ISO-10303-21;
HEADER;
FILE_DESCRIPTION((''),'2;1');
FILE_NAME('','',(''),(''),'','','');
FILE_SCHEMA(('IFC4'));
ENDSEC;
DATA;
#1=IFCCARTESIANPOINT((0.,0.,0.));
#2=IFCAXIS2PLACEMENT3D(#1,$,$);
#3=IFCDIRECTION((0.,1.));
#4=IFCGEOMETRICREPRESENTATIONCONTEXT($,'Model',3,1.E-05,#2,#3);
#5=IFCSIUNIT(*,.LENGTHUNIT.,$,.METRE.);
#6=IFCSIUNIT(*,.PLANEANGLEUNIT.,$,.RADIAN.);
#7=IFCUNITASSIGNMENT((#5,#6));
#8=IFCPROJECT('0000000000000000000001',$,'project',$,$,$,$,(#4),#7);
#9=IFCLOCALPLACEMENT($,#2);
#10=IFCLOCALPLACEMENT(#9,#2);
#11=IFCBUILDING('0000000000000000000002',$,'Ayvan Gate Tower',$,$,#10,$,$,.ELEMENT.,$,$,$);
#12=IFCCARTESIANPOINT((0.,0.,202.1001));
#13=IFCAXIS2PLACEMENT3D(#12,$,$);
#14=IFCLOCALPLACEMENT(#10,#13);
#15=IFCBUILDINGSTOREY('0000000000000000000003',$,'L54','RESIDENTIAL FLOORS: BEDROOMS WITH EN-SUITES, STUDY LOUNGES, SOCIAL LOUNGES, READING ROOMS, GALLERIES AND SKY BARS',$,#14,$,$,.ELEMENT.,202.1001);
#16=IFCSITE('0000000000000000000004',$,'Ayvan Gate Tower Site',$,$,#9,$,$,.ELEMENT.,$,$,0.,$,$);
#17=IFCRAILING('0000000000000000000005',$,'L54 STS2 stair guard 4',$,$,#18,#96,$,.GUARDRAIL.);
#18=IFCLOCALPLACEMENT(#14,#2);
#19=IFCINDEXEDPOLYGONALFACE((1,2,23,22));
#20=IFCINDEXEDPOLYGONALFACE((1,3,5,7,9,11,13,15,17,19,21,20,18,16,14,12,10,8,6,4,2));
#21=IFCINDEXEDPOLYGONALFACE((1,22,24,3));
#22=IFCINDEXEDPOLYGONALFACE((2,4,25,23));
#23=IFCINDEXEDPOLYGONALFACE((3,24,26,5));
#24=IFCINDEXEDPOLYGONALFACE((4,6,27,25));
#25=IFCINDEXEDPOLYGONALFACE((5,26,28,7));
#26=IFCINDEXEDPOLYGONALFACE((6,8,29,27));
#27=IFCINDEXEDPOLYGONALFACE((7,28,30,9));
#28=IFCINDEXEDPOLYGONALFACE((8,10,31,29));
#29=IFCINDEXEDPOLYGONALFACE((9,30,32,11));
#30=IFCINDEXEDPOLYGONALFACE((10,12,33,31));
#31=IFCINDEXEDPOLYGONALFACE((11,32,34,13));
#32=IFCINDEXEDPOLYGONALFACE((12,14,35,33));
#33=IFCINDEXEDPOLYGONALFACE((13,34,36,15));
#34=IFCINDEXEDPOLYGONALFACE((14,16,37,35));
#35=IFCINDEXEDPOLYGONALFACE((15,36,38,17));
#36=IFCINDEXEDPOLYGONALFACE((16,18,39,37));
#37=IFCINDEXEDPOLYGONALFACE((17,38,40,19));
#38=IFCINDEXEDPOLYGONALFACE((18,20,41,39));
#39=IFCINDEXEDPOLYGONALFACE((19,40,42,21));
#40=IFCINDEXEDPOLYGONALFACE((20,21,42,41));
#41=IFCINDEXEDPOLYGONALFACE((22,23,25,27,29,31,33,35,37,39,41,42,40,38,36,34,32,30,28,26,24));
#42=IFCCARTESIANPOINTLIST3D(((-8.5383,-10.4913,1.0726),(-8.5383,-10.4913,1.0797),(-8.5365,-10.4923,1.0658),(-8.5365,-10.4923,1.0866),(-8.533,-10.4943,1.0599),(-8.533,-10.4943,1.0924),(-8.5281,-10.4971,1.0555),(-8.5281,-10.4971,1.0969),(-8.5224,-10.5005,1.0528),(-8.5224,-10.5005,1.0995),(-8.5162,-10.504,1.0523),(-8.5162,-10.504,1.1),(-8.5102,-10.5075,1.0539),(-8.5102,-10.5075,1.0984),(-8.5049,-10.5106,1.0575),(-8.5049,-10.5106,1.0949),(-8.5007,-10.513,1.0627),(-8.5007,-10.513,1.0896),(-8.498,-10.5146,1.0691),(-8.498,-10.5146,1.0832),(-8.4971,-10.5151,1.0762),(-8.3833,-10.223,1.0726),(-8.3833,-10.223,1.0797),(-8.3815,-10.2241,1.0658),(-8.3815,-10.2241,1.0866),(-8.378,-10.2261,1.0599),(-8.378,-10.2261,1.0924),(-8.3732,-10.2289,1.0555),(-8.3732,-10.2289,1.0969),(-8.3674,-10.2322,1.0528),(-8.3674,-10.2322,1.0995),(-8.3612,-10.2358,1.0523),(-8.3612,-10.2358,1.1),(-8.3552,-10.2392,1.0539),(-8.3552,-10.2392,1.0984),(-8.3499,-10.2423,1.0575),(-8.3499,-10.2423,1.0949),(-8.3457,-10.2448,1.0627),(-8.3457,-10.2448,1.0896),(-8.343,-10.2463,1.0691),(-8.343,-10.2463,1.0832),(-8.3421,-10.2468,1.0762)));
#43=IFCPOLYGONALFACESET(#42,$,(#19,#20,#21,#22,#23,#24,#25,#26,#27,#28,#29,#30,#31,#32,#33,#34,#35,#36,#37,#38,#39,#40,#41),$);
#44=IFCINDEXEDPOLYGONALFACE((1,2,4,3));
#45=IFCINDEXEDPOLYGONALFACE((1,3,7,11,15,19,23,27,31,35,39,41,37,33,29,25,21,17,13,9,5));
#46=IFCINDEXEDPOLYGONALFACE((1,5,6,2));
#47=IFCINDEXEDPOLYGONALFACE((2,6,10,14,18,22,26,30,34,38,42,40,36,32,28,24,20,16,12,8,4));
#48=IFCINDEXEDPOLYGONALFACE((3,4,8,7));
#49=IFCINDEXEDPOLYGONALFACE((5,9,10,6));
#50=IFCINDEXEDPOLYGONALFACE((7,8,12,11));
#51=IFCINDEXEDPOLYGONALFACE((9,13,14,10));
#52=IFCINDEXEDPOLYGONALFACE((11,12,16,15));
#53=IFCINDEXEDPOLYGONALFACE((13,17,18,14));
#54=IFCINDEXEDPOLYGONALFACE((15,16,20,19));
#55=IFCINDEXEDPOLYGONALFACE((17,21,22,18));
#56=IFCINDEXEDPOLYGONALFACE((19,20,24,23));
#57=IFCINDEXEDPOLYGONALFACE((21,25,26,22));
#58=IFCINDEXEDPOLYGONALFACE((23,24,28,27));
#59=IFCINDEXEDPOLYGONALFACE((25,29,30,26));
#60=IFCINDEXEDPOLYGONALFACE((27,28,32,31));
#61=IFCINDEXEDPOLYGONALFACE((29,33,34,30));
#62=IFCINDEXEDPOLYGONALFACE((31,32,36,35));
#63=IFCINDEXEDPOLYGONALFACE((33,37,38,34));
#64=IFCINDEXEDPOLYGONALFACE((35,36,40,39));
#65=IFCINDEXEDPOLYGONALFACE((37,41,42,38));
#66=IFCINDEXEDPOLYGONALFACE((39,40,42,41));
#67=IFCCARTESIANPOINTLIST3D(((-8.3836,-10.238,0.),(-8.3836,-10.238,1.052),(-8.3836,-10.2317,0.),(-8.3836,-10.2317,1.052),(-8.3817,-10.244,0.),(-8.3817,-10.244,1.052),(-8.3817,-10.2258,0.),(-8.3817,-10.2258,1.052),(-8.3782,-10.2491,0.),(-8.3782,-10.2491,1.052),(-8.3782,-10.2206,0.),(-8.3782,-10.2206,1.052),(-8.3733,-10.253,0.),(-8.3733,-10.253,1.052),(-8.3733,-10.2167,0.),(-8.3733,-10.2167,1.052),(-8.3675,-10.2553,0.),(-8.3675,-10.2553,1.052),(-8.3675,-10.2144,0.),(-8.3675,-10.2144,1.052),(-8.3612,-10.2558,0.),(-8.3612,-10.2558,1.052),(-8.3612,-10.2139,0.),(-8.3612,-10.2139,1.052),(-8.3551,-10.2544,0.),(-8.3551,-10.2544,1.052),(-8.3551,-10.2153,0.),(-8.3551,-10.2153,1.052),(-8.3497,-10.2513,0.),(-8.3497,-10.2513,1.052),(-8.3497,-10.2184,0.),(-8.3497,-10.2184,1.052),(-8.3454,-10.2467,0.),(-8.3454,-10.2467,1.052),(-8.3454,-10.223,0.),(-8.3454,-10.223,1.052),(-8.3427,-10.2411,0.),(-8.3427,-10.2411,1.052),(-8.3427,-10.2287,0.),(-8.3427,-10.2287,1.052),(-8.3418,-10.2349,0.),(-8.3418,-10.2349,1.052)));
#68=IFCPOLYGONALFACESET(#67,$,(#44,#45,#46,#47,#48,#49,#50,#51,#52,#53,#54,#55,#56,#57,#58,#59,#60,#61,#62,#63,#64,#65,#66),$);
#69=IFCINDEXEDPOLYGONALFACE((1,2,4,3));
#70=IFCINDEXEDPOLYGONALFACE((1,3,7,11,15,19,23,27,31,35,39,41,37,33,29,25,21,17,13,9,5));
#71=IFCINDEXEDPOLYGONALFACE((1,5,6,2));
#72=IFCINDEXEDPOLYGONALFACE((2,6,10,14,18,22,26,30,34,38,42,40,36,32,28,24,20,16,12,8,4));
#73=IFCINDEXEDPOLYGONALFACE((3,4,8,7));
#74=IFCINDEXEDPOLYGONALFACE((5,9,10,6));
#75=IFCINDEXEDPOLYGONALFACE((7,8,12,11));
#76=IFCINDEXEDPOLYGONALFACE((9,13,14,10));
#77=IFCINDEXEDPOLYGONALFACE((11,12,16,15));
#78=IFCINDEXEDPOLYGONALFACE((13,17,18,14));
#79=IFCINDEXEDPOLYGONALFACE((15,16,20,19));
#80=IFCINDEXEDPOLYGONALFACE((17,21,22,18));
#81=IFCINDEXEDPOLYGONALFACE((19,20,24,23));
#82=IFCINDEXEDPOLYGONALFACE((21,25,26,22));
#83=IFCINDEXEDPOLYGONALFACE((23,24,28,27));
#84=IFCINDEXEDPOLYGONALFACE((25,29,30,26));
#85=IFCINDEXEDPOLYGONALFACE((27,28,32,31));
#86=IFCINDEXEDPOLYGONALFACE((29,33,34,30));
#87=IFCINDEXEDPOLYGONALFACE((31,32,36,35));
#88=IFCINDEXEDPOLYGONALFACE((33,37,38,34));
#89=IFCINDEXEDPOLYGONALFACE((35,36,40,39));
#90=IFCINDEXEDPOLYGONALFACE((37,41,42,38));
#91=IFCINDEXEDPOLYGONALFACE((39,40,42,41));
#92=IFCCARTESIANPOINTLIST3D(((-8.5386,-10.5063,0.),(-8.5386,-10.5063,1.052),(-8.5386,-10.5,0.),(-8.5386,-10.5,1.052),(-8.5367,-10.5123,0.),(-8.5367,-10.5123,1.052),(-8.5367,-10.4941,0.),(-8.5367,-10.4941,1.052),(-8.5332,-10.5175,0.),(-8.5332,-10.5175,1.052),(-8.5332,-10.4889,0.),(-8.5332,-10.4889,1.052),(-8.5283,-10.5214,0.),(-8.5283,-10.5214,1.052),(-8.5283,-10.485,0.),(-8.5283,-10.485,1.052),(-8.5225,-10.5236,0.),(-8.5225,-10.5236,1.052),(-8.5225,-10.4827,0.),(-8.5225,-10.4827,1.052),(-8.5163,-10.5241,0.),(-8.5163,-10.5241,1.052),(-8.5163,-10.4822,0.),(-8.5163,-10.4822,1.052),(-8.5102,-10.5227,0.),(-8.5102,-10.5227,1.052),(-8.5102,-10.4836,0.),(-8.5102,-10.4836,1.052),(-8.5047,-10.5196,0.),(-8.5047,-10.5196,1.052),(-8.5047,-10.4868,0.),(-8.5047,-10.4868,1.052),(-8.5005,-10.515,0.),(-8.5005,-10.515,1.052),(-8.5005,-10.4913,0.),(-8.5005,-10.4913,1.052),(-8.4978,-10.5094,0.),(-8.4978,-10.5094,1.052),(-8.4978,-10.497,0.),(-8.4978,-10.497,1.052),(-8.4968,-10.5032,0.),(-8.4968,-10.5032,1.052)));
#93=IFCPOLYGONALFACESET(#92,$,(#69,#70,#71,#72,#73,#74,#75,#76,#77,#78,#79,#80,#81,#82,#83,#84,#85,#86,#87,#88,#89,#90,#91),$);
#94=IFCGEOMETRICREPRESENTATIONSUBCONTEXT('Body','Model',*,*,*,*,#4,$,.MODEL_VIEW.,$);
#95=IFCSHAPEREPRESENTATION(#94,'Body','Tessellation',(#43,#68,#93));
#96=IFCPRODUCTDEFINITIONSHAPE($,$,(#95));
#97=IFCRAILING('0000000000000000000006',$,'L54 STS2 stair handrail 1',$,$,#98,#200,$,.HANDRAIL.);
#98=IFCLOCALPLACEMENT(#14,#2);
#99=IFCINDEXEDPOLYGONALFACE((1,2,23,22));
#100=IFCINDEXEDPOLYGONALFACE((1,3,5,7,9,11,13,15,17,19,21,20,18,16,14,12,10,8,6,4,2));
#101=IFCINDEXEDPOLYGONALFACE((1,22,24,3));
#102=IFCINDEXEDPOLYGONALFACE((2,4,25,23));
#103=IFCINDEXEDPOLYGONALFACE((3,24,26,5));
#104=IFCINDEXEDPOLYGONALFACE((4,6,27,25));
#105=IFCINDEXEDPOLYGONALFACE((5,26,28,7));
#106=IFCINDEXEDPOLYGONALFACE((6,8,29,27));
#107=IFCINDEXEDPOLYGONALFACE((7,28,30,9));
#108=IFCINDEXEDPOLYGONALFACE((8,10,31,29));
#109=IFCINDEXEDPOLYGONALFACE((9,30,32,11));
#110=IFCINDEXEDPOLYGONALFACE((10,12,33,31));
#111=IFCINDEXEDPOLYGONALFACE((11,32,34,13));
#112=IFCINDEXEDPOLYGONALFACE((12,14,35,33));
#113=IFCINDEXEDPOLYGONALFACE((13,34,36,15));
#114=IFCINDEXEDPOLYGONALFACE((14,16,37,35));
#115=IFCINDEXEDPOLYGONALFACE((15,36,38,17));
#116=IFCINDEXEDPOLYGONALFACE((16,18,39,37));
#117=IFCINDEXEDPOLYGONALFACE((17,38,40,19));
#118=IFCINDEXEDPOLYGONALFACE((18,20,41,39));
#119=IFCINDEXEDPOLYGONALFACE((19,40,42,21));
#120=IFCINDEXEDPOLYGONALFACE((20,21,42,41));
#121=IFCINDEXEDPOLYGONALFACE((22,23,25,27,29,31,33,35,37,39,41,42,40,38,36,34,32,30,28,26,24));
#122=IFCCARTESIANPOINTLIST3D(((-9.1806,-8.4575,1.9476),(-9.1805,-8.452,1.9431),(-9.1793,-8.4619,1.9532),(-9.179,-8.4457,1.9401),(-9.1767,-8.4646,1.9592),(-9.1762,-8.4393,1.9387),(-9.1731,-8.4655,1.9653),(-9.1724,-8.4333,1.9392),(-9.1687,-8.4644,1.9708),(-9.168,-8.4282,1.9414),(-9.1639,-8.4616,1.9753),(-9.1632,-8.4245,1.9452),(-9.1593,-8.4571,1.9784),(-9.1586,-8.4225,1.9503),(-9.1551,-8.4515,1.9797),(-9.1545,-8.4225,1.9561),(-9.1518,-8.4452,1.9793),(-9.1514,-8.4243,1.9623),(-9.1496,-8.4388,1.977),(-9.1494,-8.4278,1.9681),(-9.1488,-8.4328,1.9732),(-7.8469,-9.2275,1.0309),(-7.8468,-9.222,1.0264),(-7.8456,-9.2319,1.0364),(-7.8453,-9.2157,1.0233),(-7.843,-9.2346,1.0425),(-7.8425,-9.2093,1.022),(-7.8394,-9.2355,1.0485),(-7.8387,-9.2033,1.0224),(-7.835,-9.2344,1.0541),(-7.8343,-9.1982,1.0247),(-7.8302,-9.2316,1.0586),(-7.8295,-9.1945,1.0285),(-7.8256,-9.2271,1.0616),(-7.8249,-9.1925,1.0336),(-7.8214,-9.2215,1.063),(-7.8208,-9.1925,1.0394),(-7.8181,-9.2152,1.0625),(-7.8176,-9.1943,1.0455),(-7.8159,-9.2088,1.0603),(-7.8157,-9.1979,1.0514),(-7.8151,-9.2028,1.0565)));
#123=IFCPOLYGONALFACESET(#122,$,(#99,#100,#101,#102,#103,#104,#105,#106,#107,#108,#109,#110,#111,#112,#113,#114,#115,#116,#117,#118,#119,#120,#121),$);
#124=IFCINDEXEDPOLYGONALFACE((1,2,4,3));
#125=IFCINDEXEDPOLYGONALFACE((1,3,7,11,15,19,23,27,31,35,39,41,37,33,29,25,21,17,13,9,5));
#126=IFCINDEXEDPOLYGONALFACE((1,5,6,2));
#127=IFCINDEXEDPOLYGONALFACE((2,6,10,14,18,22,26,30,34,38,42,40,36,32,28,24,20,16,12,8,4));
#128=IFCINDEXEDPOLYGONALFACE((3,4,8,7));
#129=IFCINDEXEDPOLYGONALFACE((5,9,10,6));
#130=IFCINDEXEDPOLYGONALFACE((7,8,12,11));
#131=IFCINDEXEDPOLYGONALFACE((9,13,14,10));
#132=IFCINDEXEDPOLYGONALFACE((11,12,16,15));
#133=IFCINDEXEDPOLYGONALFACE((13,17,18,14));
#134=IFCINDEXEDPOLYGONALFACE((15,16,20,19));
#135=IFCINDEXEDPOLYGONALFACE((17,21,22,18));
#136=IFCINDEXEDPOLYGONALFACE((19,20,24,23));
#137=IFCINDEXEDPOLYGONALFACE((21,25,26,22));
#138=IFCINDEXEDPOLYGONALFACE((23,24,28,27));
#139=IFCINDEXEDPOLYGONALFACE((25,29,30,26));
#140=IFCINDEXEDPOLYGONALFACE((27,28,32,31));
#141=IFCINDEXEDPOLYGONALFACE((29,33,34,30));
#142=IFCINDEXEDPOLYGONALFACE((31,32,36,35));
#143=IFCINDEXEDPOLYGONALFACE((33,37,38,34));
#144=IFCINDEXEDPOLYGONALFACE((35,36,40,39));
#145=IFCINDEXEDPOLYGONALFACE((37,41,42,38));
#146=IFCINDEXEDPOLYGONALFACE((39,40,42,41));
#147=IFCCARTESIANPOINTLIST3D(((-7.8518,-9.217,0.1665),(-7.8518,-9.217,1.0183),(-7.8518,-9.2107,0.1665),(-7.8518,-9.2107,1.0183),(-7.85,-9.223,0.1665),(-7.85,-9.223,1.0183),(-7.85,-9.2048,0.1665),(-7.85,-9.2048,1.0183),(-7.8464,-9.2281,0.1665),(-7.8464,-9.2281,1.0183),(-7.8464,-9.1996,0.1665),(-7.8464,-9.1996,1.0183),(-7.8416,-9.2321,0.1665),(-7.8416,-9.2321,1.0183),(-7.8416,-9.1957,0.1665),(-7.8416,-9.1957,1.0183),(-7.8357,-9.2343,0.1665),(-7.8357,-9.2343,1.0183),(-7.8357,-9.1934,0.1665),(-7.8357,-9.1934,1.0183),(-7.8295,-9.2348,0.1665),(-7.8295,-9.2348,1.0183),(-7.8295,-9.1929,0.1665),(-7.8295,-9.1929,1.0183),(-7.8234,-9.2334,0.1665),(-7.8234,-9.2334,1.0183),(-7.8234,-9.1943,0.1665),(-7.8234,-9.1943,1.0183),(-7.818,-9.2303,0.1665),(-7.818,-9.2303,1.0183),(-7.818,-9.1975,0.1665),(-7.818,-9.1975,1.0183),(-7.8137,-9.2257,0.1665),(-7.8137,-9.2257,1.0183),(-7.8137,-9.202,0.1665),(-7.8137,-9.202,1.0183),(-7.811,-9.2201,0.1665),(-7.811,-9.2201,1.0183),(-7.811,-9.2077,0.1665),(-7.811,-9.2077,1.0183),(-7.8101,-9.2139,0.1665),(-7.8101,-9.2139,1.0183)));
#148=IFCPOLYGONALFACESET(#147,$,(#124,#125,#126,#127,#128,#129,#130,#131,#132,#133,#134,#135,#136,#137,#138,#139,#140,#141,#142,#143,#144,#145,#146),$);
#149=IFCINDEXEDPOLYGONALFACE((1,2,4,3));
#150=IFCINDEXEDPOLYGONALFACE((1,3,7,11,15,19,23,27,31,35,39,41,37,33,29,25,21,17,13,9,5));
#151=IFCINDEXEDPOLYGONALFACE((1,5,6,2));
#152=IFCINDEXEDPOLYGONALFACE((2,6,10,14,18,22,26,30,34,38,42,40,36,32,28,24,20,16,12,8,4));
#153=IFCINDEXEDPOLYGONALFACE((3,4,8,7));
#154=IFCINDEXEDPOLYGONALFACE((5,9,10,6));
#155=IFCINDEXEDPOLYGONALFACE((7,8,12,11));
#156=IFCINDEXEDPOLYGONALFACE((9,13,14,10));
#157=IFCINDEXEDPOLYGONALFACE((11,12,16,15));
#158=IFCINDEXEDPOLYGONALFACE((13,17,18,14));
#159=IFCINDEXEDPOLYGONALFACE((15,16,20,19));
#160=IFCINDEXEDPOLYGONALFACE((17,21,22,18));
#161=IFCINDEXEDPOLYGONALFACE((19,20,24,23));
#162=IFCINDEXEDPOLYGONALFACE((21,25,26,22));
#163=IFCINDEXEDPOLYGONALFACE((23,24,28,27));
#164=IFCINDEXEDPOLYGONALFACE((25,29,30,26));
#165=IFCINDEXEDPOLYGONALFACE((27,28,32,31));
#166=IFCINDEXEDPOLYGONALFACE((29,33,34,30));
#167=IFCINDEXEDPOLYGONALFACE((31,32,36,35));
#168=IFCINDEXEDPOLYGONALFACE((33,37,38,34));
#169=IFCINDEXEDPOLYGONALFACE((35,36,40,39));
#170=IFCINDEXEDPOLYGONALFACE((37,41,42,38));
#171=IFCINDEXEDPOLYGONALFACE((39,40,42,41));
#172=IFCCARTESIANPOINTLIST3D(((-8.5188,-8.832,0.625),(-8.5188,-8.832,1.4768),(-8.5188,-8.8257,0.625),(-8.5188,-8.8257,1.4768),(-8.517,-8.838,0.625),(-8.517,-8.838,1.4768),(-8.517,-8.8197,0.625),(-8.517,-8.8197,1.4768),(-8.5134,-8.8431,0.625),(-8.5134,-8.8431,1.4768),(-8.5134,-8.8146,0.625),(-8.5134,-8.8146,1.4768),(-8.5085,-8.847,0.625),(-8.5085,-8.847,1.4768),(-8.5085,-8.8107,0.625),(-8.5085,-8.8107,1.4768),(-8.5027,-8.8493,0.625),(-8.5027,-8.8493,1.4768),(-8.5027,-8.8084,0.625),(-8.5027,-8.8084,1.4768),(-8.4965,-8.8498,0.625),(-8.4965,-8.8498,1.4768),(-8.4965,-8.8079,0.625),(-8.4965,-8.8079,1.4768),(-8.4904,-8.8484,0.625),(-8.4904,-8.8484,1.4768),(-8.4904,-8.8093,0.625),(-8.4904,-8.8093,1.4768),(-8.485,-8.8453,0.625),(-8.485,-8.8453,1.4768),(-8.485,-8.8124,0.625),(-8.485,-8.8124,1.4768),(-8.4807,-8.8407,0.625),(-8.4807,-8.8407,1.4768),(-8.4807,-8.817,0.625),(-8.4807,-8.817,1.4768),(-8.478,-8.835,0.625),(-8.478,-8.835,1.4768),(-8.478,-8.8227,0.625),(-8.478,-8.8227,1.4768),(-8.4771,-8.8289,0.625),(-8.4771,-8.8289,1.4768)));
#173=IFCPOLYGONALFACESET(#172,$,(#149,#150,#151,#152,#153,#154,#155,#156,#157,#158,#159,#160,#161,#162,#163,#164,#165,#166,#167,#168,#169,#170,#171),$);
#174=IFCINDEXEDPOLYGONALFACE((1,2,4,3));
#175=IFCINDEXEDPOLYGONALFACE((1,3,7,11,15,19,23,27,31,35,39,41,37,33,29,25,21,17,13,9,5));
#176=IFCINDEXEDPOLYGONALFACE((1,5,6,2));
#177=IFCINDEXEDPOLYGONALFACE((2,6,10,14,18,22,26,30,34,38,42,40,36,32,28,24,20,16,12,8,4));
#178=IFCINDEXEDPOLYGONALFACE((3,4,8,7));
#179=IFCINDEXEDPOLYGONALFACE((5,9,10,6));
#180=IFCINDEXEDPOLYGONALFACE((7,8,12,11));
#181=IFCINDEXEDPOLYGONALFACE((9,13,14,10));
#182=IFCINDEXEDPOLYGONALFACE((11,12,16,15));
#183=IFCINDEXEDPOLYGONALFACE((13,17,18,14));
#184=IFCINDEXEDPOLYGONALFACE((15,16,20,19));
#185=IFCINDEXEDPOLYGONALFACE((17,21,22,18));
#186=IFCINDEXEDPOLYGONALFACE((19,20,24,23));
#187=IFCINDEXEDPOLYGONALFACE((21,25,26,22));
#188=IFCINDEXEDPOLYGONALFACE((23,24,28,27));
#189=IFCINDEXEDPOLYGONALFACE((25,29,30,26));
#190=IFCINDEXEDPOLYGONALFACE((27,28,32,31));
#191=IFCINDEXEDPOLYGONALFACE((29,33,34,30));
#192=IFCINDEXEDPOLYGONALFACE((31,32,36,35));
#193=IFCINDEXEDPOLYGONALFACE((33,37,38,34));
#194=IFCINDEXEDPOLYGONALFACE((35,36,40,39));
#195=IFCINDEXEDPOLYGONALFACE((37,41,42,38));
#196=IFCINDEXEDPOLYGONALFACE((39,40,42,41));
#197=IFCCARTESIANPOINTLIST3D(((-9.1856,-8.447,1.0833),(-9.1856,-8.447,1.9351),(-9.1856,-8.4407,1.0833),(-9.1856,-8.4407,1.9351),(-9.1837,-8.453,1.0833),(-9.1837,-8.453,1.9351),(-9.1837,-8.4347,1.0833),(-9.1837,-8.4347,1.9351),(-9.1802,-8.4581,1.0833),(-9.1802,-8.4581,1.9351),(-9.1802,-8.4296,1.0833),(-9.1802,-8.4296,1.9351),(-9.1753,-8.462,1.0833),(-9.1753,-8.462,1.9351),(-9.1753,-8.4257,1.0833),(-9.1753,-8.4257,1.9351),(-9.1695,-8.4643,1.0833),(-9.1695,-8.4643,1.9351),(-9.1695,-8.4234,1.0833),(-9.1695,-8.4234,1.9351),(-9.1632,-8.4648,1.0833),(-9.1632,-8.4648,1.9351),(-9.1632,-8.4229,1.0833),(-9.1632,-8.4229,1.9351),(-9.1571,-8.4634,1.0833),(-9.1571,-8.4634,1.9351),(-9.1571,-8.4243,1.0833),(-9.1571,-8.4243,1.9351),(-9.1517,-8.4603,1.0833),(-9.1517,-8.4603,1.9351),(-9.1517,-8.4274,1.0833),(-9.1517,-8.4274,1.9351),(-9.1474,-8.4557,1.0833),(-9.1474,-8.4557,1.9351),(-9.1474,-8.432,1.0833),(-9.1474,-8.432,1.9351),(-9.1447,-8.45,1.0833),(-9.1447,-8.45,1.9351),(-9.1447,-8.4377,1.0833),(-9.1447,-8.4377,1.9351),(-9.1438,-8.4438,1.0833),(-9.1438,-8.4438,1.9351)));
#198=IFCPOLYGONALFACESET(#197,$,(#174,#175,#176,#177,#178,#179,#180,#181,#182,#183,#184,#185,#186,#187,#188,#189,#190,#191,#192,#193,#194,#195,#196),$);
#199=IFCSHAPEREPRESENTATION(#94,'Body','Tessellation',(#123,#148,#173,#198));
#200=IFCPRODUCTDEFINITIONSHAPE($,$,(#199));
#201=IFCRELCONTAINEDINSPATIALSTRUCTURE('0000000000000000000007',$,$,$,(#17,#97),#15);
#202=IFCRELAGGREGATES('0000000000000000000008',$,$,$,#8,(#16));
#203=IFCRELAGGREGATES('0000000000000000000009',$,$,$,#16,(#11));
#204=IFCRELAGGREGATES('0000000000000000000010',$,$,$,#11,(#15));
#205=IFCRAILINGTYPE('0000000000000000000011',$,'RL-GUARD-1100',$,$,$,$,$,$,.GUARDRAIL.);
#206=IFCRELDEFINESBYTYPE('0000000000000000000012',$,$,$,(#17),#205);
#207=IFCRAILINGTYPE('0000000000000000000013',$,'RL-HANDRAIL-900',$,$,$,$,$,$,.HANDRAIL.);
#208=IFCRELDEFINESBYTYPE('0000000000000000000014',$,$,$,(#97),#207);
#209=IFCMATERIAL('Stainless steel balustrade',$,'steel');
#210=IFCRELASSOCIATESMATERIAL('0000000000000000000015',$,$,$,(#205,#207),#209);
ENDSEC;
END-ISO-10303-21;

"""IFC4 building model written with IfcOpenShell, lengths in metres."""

from ifc_helpers import new_model, si_unit, direction, frame, origin, origin_2d, place, context, subcontext, project, spatial, circle, extrude, material, type_object, element, save


model = new_model("IFC4")

# Units and contexts
model_context = context("Model", 3, precision=1e-05, world=origin(), true_north=direction((0.0, 1.0)))
body_context = subcontext(model_context, "Body", "Model", "MODEL_VIEW")
ifc_project = project(units=[si_unit("LENGTHUNIT", "METRE"), si_unit("PLANEANGLEUNIT", "RADIAN")], contexts=[model_context])

# Site, building, storey
site_placement = place(None, origin())
site = spatial("IfcSite", under=ifc_project, at=site_placement, Name="Ayvan Gate Tower Site", CompositionType="ELEMENT", RefElevation=0.0)
building_placement = place(site_placement, origin())
building = spatial("IfcBuilding", under=site, at=building_placement, Name="Ayvan Gate Tower", CompositionType="ELEMENT")
storey_placement = place(building_placement, frame((0.0, 0.0, 202.1001)))
storey = spatial("IfcBuildingStorey", under=building, at=storey_placement, Name="L54", Description="RESIDENTIAL FLOORS: BEDROOMS WITH EN-SUITES, STUDY LOUNGES, SOCIAL LOUNGES, READING ROOMS, GALLERIES AND SKY BARS", CompositionType="ELEMENT", Elevation=202.1001)

# Railings
ifc_material_1 = material(Name="Stainless steel balustrade", Category="steel")
railing_type_1 = type_object("IfcRailingType", Name="RL-GUARD-1100", PredefinedType="GUARDRAIL", material=ifc_material_1)
railing_1_placement = place(storey_placement, frame((-8.3628, -10.2349, 0.0)))
element("IfcRailing", 1, at=railing_1_placement, inside=storey, type_object=railing_type_1, Name="L54 STS2 stair guard 4", PredefinedType="GUARDRAIL", context=body_context, shape_type="SweptSolid", body=[
    extrude(circle(Radius=0.0239, at=origin_2d()), frame((0.0, 0.0, 1.0762), z_axis=(-0.500291, -0.865857, 0.0), x_axis=(0.865857, -0.500291, 0.0)), (0.0, 0.0, 1.0), 0.3098),
    extrude(circle(Radius=0.021, at=origin_2d()), origin(), (0.0, 0.0, 1.0), 1.052),
    extrude(circle(Radius=0.021, at=origin_2d()), frame((-0.155, -0.2683, 0.0)), (0.0, 0.0, 1.0), 1.052),
])
railing_type_2 = type_object("IfcRailingType", Name="RL-HANDRAIL-900", PredefinedType="HANDRAIL", material=ifc_material_1)
for number, where, name in (
    (2, (-7.8311, -9.2139, 0.1665), "L54 STS2 stair handrail 1"),
):
    element("IfcRailing", number, at=place(storey_placement, frame(where)), inside=storey, type_object=railing_type_2, Name=name, PredefinedType="HANDRAIL", context=body_context, shape_type="SweptSolid", body=[
        extrude(circle(Radius=0.0239, at=origin_2d()), frame((0.0, 0.0, 0.876), z_axis=(-0.744164, 0.429634, 0.511502), x_axis=(-0.499992, -0.86603, 0.0)), (0.0, 0.0, 1.0), 1.7922),
        extrude(circle(Radius=0.021, at=origin_2d()), origin(), (0.0, 0.0, 1.0), 0.8518),
        extrude(circle(Radius=0.021, at=origin_2d()), frame((-0.667, 0.385, 0.4585)), (0.0, 0.0, 1.0), 0.8518),
        extrude(circle(Radius=0.021, at=origin_2d()), frame((-1.3337, 0.77, 0.9167)), (0.0, 0.0, 1.0), 0.8518),
    ])

save(model, "model.ifc")
